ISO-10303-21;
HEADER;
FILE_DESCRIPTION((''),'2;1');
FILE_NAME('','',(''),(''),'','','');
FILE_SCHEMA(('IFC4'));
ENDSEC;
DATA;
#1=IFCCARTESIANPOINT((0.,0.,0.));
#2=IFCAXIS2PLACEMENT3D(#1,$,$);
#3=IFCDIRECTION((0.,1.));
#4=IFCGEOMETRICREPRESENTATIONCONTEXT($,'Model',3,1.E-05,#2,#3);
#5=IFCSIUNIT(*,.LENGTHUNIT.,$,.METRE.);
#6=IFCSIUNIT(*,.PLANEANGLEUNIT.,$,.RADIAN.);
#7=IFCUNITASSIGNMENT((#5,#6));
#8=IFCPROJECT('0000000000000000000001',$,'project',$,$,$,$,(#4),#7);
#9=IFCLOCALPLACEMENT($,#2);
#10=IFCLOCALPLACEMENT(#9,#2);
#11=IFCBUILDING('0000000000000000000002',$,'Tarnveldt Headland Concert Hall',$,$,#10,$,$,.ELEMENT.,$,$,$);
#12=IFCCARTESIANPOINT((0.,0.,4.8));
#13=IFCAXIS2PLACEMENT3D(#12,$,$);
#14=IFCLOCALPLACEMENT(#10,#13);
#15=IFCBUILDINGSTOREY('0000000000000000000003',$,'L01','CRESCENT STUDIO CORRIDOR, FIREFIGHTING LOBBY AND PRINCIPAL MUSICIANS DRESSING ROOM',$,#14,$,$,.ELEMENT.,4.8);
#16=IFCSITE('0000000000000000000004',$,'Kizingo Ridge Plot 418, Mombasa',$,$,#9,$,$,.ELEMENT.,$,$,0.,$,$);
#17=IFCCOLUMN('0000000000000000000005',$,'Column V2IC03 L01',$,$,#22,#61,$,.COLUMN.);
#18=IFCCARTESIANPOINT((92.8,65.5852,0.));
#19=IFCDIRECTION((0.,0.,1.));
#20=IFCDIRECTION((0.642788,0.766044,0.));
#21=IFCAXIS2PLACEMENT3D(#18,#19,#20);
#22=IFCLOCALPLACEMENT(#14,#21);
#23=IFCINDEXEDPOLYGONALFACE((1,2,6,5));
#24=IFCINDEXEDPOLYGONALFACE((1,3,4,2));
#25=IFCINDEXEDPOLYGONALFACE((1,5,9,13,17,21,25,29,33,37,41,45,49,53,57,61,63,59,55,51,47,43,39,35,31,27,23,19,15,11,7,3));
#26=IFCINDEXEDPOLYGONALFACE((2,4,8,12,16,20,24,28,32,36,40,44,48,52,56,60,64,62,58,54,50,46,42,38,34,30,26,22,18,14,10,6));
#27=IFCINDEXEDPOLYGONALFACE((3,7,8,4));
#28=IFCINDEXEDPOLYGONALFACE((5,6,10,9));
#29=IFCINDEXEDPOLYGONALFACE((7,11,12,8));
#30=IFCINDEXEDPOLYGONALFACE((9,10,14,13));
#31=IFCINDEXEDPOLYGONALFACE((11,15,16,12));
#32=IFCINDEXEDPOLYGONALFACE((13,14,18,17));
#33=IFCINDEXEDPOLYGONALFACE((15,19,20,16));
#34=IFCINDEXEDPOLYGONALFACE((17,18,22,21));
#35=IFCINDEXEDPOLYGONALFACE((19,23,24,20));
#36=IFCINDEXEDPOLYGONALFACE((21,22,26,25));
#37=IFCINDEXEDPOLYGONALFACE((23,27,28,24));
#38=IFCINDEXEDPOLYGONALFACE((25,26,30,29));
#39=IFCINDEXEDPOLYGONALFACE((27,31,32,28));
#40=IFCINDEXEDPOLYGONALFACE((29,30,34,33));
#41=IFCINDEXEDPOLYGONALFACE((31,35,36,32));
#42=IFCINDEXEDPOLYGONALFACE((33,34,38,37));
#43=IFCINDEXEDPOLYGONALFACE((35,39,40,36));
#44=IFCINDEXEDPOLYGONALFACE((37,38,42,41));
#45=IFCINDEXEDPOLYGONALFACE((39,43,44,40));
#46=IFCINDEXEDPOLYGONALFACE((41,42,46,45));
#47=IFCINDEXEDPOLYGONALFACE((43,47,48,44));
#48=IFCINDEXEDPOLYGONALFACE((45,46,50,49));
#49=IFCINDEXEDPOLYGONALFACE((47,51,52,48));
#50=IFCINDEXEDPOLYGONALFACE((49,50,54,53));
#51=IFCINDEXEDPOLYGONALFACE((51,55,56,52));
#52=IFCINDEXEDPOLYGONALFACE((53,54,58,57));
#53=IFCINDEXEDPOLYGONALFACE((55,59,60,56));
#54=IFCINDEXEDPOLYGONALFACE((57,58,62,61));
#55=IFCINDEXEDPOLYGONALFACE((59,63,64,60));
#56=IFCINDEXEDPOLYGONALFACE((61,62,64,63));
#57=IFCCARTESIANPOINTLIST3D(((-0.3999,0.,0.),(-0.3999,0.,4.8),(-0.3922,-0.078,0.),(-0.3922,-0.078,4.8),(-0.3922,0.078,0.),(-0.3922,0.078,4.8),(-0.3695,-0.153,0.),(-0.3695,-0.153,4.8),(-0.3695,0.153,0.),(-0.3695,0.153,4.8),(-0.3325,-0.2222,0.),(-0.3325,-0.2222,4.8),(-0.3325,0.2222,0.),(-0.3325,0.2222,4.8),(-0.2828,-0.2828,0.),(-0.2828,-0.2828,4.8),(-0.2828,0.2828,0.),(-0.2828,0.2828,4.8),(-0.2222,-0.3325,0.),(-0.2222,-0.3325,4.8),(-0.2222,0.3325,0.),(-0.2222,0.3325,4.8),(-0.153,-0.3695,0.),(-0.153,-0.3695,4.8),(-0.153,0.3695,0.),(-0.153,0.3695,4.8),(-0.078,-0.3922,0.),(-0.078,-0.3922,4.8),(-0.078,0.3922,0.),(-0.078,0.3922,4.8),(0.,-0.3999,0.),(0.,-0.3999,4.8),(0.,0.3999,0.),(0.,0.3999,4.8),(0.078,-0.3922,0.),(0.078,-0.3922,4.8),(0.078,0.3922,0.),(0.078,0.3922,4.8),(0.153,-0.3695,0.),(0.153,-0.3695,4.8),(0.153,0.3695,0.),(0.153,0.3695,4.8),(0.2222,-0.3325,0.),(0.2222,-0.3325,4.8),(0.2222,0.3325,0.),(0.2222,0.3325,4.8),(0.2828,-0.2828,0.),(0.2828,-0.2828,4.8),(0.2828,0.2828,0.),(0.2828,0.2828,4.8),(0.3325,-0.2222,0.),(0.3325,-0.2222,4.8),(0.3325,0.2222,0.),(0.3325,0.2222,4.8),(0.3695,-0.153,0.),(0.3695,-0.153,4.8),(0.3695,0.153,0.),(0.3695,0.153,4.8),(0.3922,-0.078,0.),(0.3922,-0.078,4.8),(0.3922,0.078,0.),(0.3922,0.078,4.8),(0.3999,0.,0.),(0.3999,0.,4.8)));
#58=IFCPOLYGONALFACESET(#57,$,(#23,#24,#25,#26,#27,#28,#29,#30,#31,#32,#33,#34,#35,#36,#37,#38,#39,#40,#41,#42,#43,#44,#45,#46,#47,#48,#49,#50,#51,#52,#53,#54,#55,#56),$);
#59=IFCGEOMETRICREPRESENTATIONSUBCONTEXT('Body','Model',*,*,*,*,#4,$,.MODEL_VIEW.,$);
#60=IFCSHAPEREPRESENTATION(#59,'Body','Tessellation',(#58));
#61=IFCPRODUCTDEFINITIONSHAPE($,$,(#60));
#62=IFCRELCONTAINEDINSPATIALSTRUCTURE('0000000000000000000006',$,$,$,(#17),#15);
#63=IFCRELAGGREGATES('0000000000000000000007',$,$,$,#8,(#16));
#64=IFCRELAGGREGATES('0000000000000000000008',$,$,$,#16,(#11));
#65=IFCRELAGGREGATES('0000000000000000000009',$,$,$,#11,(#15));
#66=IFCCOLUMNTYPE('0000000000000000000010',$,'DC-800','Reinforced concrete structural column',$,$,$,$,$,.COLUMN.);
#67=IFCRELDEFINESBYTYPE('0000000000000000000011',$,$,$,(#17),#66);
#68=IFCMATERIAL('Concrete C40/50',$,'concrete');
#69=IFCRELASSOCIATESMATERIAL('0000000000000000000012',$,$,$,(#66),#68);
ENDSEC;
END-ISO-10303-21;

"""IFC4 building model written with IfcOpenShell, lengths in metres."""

from ifc_helpers import new_model, si_unit, direction, frame, origin, origin_2d, place, context, subcontext, project, spatial, circle, extrude, material, material_profile, profile_set, type_object, element, save


model = new_model("IFC4")

# Units and contexts
model_context = context("Model", 3, precision=1e-05, world=origin(), true_north=direction((0.0, 1.0)))
body_context = subcontext(model_context, "Body", "Model", "MODEL_VIEW")
ifc_project = project(units=[si_unit("LENGTHUNIT", "METRE"), si_unit("PLANEANGLEUNIT", "RADIAN")], contexts=[model_context])

# Site, building, storey
site_placement = place(None, origin())
site = spatial("IfcSite", under=ifc_project, at=site_placement, Name="Kizingo Ridge Plot 418, Mombasa", CompositionType="ELEMENT", RefElevation=0.0)
building_placement = place(site_placement, origin())
building = spatial("IfcBuilding", under=site, at=building_placement, Name="Tarnveldt Headland Concert Hall", CompositionType="ELEMENT")
storey_placement = place(building_placement, frame((0.0, 0.0, 4.8)))
storey = spatial("IfcBuildingStorey", under=building, at=storey_placement, Name="L01", Description="CRESCENT STUDIO CORRIDOR, FIREFIGHTING LOBBY AND PRINCIPAL MUSICIANS DRESSING ROOM", CompositionType="ELEMENT", Elevation=4.8)

# Column
ifc_material_1 = material(Name="Concrete C40/50", Category="concrete")
ifc_material_profile_1 = material_profile(ifc_material_1, circle(Radius=0.3999, at=origin_2d()), Name="RC D800", Category="concrete")
ifc_profile_set_1 = profile_set([ifc_material_profile_1], Name="Concrete C40/50")
column_type_1 = type_object("IfcColumnType", Name="DC-800", Description="Reinforced concrete structural column", PredefinedType="COLUMN", material=ifc_profile_set_1)
column_placement = place(storey_placement, frame((92.8, 65.5852, 0.0), z_axis=(0.0, 0.0, 1.0), x_axis=(0.642788, 0.766044, 0.0)))
element("IfcColumn", 1, at=column_placement, inside=storey, type_object=column_type_1, Name="Column V2IC03 L01", PredefinedType="COLUMN", context=body_context, shape_type="SweptSolid", body=[
    extrude(circle(Radius=0.3999, at=origin_2d()), origin(), (0.0, 0.0, 1.0), 4.8),
])

save(model, "model.ifc")
